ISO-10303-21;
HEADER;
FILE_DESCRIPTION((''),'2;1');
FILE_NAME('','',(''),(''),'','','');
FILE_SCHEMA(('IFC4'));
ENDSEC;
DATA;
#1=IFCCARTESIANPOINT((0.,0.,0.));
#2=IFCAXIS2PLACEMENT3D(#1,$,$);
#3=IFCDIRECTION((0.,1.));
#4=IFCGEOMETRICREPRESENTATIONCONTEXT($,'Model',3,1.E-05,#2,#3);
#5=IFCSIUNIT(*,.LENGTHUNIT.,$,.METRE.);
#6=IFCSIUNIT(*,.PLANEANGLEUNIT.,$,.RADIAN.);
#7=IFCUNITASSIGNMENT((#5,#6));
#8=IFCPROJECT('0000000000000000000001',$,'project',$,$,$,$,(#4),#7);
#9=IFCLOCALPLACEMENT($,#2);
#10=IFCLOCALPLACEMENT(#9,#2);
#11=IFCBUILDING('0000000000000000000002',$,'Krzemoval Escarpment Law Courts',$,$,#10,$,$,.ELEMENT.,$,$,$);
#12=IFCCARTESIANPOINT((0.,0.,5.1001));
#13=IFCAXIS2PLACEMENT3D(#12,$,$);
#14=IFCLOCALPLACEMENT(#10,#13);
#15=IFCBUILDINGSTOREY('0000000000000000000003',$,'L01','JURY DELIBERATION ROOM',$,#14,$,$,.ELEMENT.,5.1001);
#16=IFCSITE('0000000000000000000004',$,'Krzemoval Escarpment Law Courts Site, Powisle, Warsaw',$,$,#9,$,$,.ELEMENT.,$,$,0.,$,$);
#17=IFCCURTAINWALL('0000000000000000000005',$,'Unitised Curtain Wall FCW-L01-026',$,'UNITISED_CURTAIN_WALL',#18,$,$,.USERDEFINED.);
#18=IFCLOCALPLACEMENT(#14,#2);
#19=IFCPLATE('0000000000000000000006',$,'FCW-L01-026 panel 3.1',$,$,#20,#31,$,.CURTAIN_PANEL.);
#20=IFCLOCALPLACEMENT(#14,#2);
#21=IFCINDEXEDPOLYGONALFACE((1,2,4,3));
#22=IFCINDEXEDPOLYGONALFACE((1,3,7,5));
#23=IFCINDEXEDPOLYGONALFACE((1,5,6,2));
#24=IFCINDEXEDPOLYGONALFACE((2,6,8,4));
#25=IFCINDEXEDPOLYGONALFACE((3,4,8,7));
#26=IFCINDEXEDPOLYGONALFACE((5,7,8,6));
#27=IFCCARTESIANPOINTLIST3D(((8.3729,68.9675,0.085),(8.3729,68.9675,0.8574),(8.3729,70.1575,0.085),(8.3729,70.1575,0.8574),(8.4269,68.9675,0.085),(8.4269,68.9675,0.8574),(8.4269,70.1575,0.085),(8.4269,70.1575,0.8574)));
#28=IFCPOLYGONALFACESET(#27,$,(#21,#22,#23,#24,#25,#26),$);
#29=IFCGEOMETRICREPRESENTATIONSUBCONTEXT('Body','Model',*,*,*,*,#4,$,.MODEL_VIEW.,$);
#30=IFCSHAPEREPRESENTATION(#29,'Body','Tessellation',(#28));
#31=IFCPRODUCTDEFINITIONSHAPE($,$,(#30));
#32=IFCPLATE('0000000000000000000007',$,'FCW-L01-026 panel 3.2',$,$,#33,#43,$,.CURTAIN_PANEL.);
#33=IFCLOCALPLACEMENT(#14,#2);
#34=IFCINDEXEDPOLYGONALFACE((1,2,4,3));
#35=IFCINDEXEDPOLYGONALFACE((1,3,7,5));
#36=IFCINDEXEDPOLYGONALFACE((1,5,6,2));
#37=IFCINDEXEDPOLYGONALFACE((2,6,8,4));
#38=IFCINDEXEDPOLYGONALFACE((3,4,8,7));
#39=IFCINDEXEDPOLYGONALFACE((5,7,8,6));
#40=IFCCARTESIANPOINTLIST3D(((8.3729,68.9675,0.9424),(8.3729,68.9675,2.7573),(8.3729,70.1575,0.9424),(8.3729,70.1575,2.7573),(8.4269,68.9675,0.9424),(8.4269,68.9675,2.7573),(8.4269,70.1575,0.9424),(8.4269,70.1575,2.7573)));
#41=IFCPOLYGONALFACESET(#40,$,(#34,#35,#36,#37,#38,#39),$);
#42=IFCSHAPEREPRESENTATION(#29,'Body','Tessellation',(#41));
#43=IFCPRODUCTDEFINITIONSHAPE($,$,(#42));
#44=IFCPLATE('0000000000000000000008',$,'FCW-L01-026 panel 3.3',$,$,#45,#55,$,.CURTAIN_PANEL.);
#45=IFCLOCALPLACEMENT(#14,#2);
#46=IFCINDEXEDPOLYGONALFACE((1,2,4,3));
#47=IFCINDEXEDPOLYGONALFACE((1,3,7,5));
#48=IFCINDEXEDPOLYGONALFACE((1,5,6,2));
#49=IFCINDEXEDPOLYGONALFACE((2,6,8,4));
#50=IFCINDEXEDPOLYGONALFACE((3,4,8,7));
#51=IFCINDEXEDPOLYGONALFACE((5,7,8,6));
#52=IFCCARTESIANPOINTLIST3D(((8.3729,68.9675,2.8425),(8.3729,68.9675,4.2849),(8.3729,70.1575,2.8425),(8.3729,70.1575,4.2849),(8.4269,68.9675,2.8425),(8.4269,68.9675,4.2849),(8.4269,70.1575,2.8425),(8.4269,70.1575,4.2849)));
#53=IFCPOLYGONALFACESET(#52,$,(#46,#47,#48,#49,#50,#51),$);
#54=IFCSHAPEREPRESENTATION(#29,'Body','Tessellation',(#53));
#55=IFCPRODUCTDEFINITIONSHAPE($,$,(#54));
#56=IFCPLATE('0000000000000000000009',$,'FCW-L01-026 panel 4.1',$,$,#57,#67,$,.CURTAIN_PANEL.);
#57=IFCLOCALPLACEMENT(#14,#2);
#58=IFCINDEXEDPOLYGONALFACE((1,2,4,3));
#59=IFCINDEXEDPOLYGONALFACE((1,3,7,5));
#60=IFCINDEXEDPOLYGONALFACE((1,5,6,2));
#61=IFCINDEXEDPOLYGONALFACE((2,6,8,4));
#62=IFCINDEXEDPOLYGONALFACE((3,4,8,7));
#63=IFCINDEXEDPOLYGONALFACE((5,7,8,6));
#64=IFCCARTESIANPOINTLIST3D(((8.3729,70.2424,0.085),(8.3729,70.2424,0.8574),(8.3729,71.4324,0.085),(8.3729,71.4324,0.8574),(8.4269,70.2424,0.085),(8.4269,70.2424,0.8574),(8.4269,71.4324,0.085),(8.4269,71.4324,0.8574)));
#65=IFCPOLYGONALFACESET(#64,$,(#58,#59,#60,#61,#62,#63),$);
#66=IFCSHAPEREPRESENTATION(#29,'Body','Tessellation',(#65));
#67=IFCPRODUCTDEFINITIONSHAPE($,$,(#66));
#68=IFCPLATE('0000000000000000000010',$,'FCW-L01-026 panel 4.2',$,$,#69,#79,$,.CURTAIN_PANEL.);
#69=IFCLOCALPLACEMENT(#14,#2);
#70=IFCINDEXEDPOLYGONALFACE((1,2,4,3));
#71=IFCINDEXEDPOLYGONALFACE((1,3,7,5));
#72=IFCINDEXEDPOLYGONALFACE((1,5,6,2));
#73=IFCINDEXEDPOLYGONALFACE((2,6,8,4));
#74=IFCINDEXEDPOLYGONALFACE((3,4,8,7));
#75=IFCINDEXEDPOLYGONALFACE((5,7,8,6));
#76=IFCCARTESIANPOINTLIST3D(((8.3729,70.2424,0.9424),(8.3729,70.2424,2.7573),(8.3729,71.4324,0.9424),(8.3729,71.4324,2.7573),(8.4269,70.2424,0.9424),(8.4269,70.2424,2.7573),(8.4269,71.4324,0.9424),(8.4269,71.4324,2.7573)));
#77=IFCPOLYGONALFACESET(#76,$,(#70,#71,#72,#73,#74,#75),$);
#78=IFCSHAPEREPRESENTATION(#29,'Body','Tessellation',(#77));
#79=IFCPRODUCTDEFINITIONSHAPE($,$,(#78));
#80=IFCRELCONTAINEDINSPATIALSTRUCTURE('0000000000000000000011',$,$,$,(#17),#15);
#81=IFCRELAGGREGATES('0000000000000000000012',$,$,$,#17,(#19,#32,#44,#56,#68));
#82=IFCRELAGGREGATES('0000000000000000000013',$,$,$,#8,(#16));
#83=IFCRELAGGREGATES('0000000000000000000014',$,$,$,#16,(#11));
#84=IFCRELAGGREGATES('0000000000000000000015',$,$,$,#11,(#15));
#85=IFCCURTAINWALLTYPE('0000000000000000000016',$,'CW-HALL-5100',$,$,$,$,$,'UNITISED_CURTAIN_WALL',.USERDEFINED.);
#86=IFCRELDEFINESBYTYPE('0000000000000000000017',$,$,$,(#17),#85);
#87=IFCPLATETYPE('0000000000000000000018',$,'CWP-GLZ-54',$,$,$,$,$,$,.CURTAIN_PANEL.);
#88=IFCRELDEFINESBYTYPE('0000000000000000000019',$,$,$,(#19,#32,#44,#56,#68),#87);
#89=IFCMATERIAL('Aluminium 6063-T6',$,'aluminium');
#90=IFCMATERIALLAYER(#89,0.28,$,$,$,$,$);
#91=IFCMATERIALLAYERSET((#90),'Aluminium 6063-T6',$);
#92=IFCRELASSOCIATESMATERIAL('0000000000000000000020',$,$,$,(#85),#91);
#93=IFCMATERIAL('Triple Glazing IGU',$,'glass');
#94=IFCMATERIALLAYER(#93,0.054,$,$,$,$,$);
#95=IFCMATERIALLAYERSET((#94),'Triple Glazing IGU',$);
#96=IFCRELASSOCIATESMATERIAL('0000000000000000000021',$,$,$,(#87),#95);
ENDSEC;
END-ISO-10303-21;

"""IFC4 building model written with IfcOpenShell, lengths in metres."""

from ifc_helpers import new_model, si_unit, direction, frame, origin, origin_2d, place, context, subcontext, project, spatial, rectangle, extrude, material, layer, layer_set, type_object, element, aggregate, save


model = new_model("IFC4")

# Units and contexts
model_context = context("Model", 3, precision=1e-05, world=origin(), true_north=direction((0.0, 1.0)))
body_context = subcontext(model_context, "Body", "Model", "MODEL_VIEW")
ifc_project = project(units=[si_unit("LENGTHUNIT", "METRE"), si_unit("PLANEANGLEUNIT", "RADIAN")], contexts=[model_context])

# Site, building, storey
site_placement = place(None, origin())
site = spatial("IfcSite", under=ifc_project, at=site_placement, Name="Krzemoval Escarpment Law Courts Site, Powisle, Warsaw", CompositionType="ELEMENT", RefElevation=0.0)
building_placement = place(site_placement, origin())
building = spatial("IfcBuilding", under=site, at=building_placement, Name="Krzemoval Escarpment Law Courts", CompositionType="ELEMENT")
storey_placement = place(building_placement, frame((0.0, 0.0, 5.1001)))
storey = spatial("IfcBuildingStorey", under=building, at=storey_placement, Name="L01", Description="JURY DELIBERATION ROOM", CompositionType="ELEMENT", Elevation=5.1001)

# Curtain wall
ifc_material_1 = material(Name="Aluminium 6063-T6", Category="aluminium")
ifc_layer_1 = layer(ifc_material_1, 0.28)
ifc_layer_set_1 = layer_set([ifc_layer_1], Name="Aluminium 6063-T6")
curtain_wall_type = type_object("IfcCurtainWallType", Name="CW-HALL-5100", ElementType="UNITISED_CURTAIN_WALL", PredefinedType="USERDEFINED", material=ifc_layer_set_1)
curtain_wall_placement = place(storey_placement, origin())
curtain_wall = element("IfcCurtainWall", 1, at=curtain_wall_placement, inside=storey, type_object=curtain_wall_type, Name="Unitised Curtain Wall FCW-L01-026", ObjectType="UNITISED_CURTAIN_WALL", PredefinedType="USERDEFINED")

# Plates
ifc_material_2 = material(Name="Triple Glazing IGU", Category="glass")
ifc_layer_2 = layer(ifc_material_2, 0.054)
ifc_layer_set_2 = layer_set([ifc_layer_2], Name="Triple Glazing IGU")
plate_type = type_object("IfcPlateType", Name="CWP-GLZ-54", PredefinedType="CURTAIN_PANEL", material=ifc_layer_set_2)
plate_1_placement = place(storey_placement, frame((8.3999, 69.5625, 0.085), z_axis=(0.0, 0.0, 1.0), x_axis=(0.0, 1.0, 0.0)))
plate_1 = element("IfcPlate", 2, at=plate_1_placement, type_object=plate_type, Name="FCW-L01-026 panel 3.1", PredefinedType="CURTAIN_PANEL", context=body_context, shape_type="SweptSolid", body=[
    extrude(rectangle(XDim=1.1899, YDim=0.054, at=origin_2d()), origin(), (0.0, 0.0, 1.0), 0.7725),
])
plate_2_placement = place(storey_placement, frame((8.3999, 69.5625, 0.9424), z_axis=(0.0, 0.0, 1.0), x_axis=(0.0, 1.0, 0.0)))
plate_2 = element("IfcPlate", 3, at=plate_2_placement, type_object=plate_type, Name="FCW-L01-026 panel 3.2", PredefinedType="CURTAIN_PANEL", context=body_context, shape_type="SweptSolid", body=[
    extrude(rectangle(XDim=1.1899, YDim=0.054, at=origin_2d()), origin(), (0.0, 0.0, 1.0), 1.8149),
])
plate_3_placement = place(storey_placement, frame((8.3999, 69.5625, 2.8425), z_axis=(0.0, 0.0, 1.0), x_axis=(0.0, 1.0, 0.0)))
plate_3 = element("IfcPlate", 4, at=plate_3_placement, type_object=plate_type, Name="FCW-L01-026 panel 3.3", PredefinedType="CURTAIN_PANEL", context=body_context, shape_type="SweptSolid", body=[
    extrude(rectangle(XDim=1.1899, YDim=0.054, at=origin_2d()), origin(), (0.0, 0.0, 1.0), 1.4424),
])
plate_4_placement = place(storey_placement, frame((8.3999, 70.8374, 0.085), z_axis=(0.0, 0.0, 1.0), x_axis=(0.0, 1.0, 0.0)))
plate_4 = element("IfcPlate", 5, at=plate_4_placement, type_object=plate_type, Name="FCW-L01-026 panel 4.1", PredefinedType="CURTAIN_PANEL", context=body_context, shape_type="SweptSolid", body=[
    extrude(rectangle(XDim=1.1899, YDim=0.054, at=origin_2d()), origin(), (0.0, 0.0, 1.0), 0.7725),
])
plate_5_placement = place(storey_placement, frame((8.3999, 70.8374, 0.9424), z_axis=(0.0, 0.0, 1.0), x_axis=(0.0, 1.0, 0.0)))
plate_5 = element("IfcPlate", 6, at=plate_5_placement, type_object=plate_type, Name="FCW-L01-026 panel 4.2", PredefinedType="CURTAIN_PANEL", context=body_context, shape_type="SweptSolid", body=[
    extrude(rectangle(XDim=1.1899, YDim=0.054, at=origin_2d()), origin(), (0.0, 0.0, 1.0), 1.8149),
])
aggregate(curtain_wall, [plate_1, plate_2, plate_3, plate_4, plate_5])

save(model, "model.ifc")
